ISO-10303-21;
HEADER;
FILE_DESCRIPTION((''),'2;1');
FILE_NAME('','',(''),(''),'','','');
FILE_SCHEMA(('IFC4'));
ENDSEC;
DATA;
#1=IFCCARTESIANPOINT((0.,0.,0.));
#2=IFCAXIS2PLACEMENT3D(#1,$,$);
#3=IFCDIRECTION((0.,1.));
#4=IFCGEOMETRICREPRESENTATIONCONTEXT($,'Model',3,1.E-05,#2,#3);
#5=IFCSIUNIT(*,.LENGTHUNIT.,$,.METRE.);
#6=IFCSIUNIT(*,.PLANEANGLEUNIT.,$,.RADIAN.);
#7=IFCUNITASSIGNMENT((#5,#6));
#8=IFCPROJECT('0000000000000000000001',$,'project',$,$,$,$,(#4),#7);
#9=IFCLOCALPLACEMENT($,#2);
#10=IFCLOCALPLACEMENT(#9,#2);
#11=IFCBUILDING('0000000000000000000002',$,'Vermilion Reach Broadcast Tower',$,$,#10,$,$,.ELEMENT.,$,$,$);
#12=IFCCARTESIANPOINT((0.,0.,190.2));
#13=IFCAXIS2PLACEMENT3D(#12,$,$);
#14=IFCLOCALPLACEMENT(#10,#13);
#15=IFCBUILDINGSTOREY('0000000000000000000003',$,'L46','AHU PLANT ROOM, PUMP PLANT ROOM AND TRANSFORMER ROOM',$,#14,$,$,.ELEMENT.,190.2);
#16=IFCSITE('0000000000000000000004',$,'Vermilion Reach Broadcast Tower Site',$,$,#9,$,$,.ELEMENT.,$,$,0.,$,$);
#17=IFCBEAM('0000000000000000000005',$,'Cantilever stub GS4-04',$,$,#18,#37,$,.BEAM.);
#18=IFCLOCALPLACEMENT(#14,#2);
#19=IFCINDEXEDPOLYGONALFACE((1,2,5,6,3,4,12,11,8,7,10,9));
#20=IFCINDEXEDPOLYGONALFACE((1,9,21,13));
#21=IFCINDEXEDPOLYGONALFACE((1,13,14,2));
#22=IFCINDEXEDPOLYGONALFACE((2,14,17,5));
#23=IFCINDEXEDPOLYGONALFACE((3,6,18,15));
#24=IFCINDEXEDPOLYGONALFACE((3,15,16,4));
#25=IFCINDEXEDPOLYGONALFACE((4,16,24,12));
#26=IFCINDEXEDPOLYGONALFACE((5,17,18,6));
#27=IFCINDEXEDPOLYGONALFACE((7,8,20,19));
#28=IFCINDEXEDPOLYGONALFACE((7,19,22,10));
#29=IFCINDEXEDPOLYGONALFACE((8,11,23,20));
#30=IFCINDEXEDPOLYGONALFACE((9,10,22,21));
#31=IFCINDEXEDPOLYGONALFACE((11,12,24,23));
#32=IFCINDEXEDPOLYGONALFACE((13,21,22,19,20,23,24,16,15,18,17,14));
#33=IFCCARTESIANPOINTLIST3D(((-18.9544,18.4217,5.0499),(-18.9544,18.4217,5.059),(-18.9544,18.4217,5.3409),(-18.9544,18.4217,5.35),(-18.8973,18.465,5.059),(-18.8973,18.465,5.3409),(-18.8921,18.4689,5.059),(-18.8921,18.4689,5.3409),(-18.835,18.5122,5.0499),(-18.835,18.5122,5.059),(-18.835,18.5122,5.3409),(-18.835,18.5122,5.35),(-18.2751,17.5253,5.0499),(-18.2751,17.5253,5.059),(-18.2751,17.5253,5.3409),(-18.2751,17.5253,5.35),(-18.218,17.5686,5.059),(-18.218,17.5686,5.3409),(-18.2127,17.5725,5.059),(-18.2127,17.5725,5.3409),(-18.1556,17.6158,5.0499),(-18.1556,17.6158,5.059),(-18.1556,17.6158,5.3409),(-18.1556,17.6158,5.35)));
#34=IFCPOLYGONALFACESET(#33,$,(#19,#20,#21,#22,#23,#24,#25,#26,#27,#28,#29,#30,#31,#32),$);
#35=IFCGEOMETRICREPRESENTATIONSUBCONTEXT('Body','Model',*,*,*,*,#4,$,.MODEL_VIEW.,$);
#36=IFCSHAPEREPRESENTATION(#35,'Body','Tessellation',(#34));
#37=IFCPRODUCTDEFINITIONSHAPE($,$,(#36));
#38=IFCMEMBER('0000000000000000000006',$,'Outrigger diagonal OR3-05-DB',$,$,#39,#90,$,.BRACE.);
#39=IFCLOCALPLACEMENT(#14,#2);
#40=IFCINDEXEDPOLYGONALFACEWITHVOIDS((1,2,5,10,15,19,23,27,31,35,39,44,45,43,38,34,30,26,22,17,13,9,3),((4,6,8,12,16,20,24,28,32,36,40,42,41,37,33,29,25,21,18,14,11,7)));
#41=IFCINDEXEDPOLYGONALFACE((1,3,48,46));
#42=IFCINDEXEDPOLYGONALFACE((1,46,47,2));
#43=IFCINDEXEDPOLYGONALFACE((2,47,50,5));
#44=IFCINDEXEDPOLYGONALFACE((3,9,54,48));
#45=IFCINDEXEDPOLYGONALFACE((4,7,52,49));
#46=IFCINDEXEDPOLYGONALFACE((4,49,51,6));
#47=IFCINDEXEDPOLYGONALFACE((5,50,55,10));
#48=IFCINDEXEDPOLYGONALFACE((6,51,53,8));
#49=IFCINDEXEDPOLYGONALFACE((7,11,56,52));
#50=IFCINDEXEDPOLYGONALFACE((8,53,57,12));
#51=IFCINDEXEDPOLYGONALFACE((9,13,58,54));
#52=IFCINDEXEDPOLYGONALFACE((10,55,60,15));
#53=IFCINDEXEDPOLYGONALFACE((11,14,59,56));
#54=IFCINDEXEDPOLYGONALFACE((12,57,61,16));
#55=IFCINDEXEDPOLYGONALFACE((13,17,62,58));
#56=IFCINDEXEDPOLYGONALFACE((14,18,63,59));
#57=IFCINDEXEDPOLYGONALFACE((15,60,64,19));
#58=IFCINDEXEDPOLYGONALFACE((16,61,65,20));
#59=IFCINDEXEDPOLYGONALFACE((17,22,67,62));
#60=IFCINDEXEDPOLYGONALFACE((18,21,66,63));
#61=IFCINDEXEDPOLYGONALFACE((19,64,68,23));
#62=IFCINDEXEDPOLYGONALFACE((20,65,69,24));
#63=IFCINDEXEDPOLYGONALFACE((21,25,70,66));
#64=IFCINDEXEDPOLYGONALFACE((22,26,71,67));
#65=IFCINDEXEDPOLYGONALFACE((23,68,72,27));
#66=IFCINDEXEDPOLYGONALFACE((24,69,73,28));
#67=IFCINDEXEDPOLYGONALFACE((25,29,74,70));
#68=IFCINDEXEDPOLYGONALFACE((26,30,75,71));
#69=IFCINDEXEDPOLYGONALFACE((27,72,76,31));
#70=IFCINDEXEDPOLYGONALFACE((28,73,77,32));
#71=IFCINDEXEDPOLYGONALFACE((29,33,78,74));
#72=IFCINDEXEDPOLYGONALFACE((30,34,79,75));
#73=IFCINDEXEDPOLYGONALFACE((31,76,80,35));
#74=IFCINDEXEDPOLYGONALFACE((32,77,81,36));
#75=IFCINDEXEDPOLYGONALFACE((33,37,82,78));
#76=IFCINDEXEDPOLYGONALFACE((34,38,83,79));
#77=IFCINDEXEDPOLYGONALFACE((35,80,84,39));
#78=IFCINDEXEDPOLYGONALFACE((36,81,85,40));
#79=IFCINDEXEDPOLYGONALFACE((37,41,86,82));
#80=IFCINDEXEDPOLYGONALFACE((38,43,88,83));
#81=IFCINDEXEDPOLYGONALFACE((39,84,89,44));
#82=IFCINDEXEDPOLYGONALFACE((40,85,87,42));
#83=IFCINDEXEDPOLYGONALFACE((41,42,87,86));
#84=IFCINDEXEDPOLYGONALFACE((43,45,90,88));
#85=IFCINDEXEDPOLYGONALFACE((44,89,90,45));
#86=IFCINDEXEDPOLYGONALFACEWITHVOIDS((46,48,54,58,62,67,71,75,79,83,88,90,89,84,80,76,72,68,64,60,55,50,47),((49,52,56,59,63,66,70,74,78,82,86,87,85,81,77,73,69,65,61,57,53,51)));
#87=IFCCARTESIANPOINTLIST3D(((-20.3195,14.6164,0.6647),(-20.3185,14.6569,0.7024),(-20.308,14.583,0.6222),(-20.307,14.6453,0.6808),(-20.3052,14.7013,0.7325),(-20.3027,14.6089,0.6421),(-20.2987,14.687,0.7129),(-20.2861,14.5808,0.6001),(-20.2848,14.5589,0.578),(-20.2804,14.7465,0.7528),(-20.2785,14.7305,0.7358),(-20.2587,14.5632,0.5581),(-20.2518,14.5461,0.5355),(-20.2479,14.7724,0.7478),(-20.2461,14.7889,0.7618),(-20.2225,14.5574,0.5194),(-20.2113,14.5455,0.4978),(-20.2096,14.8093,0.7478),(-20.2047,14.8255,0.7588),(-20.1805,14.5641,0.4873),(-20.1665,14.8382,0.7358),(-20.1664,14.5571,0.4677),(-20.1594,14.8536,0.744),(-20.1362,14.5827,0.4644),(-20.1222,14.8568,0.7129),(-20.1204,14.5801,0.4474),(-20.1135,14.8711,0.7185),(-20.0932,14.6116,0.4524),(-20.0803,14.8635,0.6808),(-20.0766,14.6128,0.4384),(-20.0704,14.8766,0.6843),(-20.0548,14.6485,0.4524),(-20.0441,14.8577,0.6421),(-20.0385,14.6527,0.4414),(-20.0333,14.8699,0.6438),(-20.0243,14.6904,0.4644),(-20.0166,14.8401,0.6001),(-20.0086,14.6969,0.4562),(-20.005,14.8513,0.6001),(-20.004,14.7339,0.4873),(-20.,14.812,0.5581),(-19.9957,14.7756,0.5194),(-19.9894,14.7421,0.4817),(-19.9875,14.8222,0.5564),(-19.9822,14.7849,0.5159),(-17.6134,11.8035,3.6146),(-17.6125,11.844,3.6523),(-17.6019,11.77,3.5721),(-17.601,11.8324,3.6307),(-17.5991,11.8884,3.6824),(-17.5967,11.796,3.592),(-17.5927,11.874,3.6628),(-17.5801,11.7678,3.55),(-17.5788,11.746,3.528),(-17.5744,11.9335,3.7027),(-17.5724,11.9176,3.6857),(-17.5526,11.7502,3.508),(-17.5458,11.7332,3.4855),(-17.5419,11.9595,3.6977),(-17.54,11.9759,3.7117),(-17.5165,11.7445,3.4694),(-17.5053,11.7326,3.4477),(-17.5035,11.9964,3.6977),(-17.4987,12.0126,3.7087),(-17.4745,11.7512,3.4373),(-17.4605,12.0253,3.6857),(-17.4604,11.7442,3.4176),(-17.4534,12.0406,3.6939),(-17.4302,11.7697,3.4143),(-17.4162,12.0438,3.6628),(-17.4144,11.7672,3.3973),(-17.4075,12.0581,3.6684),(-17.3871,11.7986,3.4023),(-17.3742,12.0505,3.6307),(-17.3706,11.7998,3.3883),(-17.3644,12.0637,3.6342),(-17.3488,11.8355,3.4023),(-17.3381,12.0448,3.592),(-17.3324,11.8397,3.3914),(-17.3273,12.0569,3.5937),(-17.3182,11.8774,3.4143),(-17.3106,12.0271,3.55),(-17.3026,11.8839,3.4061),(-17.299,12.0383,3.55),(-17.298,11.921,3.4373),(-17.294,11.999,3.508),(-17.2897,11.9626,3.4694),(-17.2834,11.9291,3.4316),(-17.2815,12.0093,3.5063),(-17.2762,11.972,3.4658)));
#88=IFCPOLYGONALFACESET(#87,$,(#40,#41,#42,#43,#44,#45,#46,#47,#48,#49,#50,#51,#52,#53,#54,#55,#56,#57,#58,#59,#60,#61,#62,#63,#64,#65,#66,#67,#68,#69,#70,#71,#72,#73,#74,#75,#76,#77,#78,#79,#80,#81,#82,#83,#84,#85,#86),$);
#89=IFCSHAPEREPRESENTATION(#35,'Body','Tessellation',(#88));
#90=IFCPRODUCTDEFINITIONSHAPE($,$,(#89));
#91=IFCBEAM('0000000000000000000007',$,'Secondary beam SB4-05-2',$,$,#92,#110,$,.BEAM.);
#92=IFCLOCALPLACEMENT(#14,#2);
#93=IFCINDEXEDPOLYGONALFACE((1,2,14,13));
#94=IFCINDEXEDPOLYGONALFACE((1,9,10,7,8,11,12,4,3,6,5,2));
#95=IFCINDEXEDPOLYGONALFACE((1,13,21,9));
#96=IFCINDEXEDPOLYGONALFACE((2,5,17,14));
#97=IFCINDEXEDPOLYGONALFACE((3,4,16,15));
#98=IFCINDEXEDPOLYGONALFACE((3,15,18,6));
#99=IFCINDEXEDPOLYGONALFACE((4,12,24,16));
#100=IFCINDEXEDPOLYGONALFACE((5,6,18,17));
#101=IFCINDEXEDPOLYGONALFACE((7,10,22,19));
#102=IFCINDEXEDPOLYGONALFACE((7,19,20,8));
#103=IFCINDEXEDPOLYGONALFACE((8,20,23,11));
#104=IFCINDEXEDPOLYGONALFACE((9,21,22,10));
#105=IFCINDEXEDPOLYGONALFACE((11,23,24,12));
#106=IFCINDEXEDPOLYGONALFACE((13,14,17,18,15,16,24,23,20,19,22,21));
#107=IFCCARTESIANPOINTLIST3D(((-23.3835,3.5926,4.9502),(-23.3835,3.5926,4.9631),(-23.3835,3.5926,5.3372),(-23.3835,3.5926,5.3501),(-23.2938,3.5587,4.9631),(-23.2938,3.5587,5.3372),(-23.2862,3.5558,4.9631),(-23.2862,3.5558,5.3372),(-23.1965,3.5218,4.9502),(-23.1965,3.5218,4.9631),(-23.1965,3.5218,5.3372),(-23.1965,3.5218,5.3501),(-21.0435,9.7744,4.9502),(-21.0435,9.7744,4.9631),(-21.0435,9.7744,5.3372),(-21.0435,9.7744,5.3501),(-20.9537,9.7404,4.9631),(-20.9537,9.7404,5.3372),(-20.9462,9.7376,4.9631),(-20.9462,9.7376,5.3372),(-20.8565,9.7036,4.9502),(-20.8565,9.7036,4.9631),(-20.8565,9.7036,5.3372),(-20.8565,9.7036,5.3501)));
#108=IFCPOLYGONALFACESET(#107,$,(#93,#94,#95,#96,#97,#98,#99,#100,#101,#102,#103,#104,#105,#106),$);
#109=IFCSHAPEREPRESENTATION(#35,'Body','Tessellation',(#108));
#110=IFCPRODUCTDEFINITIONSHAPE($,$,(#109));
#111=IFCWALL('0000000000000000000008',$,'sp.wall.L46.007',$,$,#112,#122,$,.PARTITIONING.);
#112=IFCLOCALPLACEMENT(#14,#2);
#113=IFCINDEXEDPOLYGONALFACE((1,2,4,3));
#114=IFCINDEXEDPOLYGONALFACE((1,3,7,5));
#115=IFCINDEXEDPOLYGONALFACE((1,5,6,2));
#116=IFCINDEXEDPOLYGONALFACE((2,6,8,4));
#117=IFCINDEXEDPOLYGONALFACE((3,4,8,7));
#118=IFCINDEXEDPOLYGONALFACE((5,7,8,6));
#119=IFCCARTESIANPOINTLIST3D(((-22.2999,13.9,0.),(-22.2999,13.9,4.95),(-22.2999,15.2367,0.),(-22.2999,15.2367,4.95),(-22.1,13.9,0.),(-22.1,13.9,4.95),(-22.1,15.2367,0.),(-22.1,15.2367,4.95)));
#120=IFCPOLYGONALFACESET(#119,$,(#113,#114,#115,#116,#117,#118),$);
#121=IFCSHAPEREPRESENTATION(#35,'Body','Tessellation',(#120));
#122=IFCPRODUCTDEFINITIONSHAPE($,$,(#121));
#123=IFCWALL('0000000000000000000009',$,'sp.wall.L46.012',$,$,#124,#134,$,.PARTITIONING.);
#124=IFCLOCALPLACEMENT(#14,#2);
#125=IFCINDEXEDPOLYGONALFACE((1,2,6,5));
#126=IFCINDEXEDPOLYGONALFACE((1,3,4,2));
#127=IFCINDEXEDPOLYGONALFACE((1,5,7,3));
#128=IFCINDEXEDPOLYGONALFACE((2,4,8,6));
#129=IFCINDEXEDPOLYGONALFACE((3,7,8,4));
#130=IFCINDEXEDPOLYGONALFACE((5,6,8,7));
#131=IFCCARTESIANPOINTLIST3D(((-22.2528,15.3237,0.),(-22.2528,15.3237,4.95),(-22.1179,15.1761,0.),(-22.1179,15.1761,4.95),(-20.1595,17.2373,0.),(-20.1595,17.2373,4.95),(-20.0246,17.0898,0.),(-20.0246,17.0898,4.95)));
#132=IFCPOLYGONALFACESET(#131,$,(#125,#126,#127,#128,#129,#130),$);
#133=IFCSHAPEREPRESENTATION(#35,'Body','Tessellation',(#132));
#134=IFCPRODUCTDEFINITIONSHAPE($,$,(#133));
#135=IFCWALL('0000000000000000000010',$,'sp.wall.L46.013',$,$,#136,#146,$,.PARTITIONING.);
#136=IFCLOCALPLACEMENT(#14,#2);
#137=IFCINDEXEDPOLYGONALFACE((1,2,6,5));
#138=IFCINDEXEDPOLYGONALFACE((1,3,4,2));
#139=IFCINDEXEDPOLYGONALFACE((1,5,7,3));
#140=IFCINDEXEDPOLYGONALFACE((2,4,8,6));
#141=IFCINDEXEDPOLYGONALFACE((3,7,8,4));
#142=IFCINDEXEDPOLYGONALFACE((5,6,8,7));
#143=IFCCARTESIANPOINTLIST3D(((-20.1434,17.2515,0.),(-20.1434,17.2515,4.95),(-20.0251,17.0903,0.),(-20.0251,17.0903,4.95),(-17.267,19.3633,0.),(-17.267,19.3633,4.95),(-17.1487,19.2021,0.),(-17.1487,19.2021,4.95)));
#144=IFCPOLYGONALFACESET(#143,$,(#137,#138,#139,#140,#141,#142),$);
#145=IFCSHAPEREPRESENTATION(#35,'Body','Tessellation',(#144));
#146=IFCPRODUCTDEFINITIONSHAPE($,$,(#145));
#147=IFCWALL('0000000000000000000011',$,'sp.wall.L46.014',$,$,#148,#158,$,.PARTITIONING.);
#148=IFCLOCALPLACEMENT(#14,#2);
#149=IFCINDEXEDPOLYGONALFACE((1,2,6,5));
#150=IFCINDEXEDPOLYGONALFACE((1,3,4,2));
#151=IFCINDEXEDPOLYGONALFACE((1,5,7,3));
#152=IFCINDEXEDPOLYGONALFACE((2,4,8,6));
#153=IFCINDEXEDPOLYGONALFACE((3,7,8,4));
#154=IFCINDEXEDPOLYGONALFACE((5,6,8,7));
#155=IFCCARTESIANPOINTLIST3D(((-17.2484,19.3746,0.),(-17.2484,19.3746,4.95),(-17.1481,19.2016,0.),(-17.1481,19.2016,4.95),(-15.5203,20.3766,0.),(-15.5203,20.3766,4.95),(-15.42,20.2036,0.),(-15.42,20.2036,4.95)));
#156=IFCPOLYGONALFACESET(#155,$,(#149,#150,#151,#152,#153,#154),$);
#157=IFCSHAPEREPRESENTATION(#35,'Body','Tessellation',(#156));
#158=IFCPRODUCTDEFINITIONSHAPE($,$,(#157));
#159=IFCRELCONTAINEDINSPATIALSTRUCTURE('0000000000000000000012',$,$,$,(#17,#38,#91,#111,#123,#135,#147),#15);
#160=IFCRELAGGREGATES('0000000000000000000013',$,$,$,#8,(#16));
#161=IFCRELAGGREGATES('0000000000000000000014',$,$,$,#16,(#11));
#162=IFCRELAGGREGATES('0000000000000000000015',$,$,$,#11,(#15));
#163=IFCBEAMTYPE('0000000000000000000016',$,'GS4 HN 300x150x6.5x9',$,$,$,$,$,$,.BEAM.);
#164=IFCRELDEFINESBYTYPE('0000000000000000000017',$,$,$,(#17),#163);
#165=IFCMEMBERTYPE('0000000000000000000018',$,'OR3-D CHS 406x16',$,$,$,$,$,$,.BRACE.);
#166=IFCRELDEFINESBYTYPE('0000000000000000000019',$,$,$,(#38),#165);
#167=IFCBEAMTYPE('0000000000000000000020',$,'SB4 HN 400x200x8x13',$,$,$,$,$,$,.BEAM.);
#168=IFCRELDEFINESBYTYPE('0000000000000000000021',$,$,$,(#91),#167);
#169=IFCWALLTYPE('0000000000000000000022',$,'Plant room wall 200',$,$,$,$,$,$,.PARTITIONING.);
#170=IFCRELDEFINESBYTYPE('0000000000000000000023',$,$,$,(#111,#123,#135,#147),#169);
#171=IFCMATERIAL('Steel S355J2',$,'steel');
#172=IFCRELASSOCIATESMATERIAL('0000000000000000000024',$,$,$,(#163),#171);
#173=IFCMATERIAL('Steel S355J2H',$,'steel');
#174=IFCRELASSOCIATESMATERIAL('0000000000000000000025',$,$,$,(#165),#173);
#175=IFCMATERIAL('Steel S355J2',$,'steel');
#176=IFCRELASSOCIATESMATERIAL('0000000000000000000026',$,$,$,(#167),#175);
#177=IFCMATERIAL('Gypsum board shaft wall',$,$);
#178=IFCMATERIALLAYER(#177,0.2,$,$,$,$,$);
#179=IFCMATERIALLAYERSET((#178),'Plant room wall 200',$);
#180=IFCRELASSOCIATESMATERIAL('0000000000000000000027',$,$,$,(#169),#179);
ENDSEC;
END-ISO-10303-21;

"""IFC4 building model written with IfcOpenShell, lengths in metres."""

from ifc_helpers import new_model, si_unit, direction, frame, frame_2d, origin, origin_2d, place, context, subcontext, project, spatial, rectangle, hollow_circle, i_section, extrude, material, layer, layer_set, material_profile, profile_set, type_object, element, save


model = new_model("IFC4")

# Units and contexts
model_context = context("Model", 3, precision=1e-05, world=origin(), true_north=direction((0.0, 1.0)))
body_context = subcontext(model_context, "Body", "Model", "MODEL_VIEW")
ifc_project = project(units=[si_unit("LENGTHUNIT", "METRE"), si_unit("PLANEANGLEUNIT", "RADIAN")], contexts=[model_context])

# Site, building, storey
site_placement = place(None, origin())
site = spatial("IfcSite", under=ifc_project, at=site_placement, Name="Vermilion Reach Broadcast Tower Site", CompositionType="ELEMENT", RefElevation=0.0)
building_placement = place(site_placement, origin())
building = spatial("IfcBuilding", under=site, at=building_placement, Name="Vermilion Reach Broadcast Tower", CompositionType="ELEMENT")
storey_placement = place(building_placement, frame((0.0, 0.0, 190.2)))
storey = spatial("IfcBuildingStorey", under=building, at=storey_placement, Name="L46", Description="AHU PLANT ROOM, PUMP PLANT ROOM AND TRANSFORMER ROOM", CompositionType="ELEMENT", Elevation=190.2)

# Beam
ifc_material_1 = material(Name="Steel S355J2", Category="steel")
ifc_material_profile_1 = material_profile(ifc_material_1, i_section(OverallWidth=0.1499, OverallDepth=0.3, WebThickness=0.0066, FlangeThickness=0.009, at=origin_2d()), Name="S355J2 HN 300x150x6.5x9")
ifc_profile_set_1 = profile_set([ifc_material_profile_1], Name="Steel S355J2")
beam_type_1 = type_object("IfcBeamType", Name="GS4 HN 300x150x6.5x9", PredefinedType="BEAM", material=ifc_profile_set_1)
beam_1_placement = place(storey_placement, frame((-18.2153, 17.5706, 5.2), z_axis=(-0.604021, 0.796969, 0.0), x_axis=(-0.796969, -0.604021, 0.0)))
element("IfcBeam", 1, at=beam_1_placement, inside=storey, type_object=beam_type_1, Name="Cantilever stub GS4-04", PredefinedType="BEAM", context=body_context, shape_type="SweptSolid", body=[
    extrude(i_section(OverallWidth=0.1499, OverallDepth=0.3, WebThickness=0.0066, FlangeThickness=0.009, at=origin_2d()), origin(), (0.0, 0.0, 1.0), 1.1248),
])

# Member
ifc_material_2 = material(Name="Steel S355J2H", Category="steel")
ifc_material_profile_2 = material_profile(ifc_material_2, hollow_circle(Radius=0.2031, WallThickness=0.0161, at=origin_2d()), Name="S355J2H CHS 406x16")
ifc_profile_set_2 = profile_set([ifc_material_profile_2], Name="Steel S355J2H")
member_type_1 = type_object("IfcMemberType", Name="OR3-D CHS 406x16", PredefinedType="BRACE", material=ifc_profile_set_2)
member_1_placement = place(storey_placement, frame((-20.1514, 14.7104, 0.6001), z_axis=(0.553088, -0.574944, 0.602937), x_axis=(0.720672, 0.693276, 0.0)))
element("IfcMember", 2, at=member_1_placement, inside=storey, type_object=member_type_1, Name="Outrigger diagonal OR3-05-DB", PredefinedType="BRACE", context=body_context, shape_type="SweptSolid", body=[
    extrude(hollow_circle(Radius=0.2031, WallThickness=0.0161, at=origin_2d()), origin(), (0.0, 0.0, 1.0), 4.8926),
])

# Beam
ifc_material_3 = material(Name="Steel S355J2", Category="steel")
ifc_material_profile_3 = material_profile(ifc_material_3, i_section(OverallWidth=0.2, OverallDepth=0.3999, WebThickness=0.0081, FlangeThickness=0.0129, at=origin_2d()), Name="S355J2 HN 400x200x8x13")
ifc_profile_set_3 = profile_set([ifc_material_profile_3], Name="Steel S355J2")
beam_type_2 = type_object("IfcBeamType", Name="SB4 HN 400x200x8x13", PredefinedType="BEAM", material=ifc_profile_set_3)
beam_2_placement = place(storey_placement, frame((-20.95, 9.739, 5.1501), z_axis=(-0.354024, -0.935236, 0.0), x_axis=(0.935236, -0.354024, 0.0)))
element("IfcBeam", 3, at=beam_2_placement, inside=storey, type_object=beam_type_2, Name="Secondary beam SB4-05-2", PredefinedType="BEAM", context=body_context, shape_type="SweptSolid", body=[
    extrude(i_section(OverallWidth=0.2, OverallDepth=0.3999, WebThickness=0.0081, FlangeThickness=0.0129, at=origin_2d()), origin(), (0.0, 0.0, 1.0), 6.6099),
])

# Walls
ifc_material_4 = material(Name="Gypsum board shaft wall")
ifc_layer_1 = layer(ifc_material_4, 0.2)
ifc_layer_set_1 = layer_set([ifc_layer_1], Name="Plant room wall 200")
wall_type_1 = type_object("IfcWallType", Name="Plant room wall 200", PredefinedType="PARTITIONING", material=ifc_layer_set_1)
wall_1_placement = place(storey_placement, frame((-22.2, 13.8999, 0.0), z_axis=(0.0, 0.0, 1.0), x_axis=(0.0, 1.0, 0.0)))
element("IfcWall", 4, at=wall_1_placement, inside=storey, type_object=wall_type_1, Name="sp.wall.L46.007", PredefinedType="PARTITIONING", context=body_context, shape_type="SweptSolid", body=[
    extrude(rectangle(XDim=1.3367, YDim=0.2, at=frame_2d((0.6685, 0.0))), origin(), (0.0, 0.0, 1.0), 4.95),
])
wall_2_placement = place(storey_placement, frame((-22.1853, 15.25, 0.0), z_axis=(0.0, 0.0, 1.0), x_axis=(0.738075, 0.674718, 0.0)))
element("IfcWall", 5, at=wall_2_placement, inside=storey, type_object=wall_type_1, Name="sp.wall.L46.012", PredefinedType="PARTITIONING", context=body_context, shape_type="SweptSolid", body=[
    extrude(rectangle(XDim=2.8362, YDim=0.2, at=frame_2d((1.418, 0.0))), origin(), (0.0, 0.0, 1.0), 4.95),
])
wall_3_placement = place(storey_placement, frame((-20.0842, 17.1709, 0.0), z_axis=(0.0, 0.0, 1.0), x_axis=(0.806083, 0.591803, 0.0)))
element("IfcWall", 6, at=wall_3_placement, inside=storey, type_object=wall_type_1, Name="sp.wall.L46.013", PredefinedType="PARTITIONING", context=body_context, shape_type="SweptSolid", body=[
    extrude(rectangle(XDim=3.5684, YDim=0.2, at=frame_2d((1.7842, 0.0))), origin(), (0.0, 0.0, 1.0), 4.95),
])
wall_4_placement = place(storey_placement, frame((-17.1982, 19.2881, 0.0), z_axis=(0.0, 0.0, 1.0), x_axis=(0.865097, 0.501605, 0.0)))
element("IfcWall", 7, at=wall_4_placement, inside=storey, type_object=wall_type_1, Name="sp.wall.L46.014", PredefinedType="PARTITIONING", context=body_context, shape_type="SweptSolid", body=[
    extrude(rectangle(XDim=1.9976, YDim=0.2, at=frame_2d((0.9988, 0.0))), origin(), (0.0, 0.0, 1.0), 4.95),
])

save(model, "model.ifc")
